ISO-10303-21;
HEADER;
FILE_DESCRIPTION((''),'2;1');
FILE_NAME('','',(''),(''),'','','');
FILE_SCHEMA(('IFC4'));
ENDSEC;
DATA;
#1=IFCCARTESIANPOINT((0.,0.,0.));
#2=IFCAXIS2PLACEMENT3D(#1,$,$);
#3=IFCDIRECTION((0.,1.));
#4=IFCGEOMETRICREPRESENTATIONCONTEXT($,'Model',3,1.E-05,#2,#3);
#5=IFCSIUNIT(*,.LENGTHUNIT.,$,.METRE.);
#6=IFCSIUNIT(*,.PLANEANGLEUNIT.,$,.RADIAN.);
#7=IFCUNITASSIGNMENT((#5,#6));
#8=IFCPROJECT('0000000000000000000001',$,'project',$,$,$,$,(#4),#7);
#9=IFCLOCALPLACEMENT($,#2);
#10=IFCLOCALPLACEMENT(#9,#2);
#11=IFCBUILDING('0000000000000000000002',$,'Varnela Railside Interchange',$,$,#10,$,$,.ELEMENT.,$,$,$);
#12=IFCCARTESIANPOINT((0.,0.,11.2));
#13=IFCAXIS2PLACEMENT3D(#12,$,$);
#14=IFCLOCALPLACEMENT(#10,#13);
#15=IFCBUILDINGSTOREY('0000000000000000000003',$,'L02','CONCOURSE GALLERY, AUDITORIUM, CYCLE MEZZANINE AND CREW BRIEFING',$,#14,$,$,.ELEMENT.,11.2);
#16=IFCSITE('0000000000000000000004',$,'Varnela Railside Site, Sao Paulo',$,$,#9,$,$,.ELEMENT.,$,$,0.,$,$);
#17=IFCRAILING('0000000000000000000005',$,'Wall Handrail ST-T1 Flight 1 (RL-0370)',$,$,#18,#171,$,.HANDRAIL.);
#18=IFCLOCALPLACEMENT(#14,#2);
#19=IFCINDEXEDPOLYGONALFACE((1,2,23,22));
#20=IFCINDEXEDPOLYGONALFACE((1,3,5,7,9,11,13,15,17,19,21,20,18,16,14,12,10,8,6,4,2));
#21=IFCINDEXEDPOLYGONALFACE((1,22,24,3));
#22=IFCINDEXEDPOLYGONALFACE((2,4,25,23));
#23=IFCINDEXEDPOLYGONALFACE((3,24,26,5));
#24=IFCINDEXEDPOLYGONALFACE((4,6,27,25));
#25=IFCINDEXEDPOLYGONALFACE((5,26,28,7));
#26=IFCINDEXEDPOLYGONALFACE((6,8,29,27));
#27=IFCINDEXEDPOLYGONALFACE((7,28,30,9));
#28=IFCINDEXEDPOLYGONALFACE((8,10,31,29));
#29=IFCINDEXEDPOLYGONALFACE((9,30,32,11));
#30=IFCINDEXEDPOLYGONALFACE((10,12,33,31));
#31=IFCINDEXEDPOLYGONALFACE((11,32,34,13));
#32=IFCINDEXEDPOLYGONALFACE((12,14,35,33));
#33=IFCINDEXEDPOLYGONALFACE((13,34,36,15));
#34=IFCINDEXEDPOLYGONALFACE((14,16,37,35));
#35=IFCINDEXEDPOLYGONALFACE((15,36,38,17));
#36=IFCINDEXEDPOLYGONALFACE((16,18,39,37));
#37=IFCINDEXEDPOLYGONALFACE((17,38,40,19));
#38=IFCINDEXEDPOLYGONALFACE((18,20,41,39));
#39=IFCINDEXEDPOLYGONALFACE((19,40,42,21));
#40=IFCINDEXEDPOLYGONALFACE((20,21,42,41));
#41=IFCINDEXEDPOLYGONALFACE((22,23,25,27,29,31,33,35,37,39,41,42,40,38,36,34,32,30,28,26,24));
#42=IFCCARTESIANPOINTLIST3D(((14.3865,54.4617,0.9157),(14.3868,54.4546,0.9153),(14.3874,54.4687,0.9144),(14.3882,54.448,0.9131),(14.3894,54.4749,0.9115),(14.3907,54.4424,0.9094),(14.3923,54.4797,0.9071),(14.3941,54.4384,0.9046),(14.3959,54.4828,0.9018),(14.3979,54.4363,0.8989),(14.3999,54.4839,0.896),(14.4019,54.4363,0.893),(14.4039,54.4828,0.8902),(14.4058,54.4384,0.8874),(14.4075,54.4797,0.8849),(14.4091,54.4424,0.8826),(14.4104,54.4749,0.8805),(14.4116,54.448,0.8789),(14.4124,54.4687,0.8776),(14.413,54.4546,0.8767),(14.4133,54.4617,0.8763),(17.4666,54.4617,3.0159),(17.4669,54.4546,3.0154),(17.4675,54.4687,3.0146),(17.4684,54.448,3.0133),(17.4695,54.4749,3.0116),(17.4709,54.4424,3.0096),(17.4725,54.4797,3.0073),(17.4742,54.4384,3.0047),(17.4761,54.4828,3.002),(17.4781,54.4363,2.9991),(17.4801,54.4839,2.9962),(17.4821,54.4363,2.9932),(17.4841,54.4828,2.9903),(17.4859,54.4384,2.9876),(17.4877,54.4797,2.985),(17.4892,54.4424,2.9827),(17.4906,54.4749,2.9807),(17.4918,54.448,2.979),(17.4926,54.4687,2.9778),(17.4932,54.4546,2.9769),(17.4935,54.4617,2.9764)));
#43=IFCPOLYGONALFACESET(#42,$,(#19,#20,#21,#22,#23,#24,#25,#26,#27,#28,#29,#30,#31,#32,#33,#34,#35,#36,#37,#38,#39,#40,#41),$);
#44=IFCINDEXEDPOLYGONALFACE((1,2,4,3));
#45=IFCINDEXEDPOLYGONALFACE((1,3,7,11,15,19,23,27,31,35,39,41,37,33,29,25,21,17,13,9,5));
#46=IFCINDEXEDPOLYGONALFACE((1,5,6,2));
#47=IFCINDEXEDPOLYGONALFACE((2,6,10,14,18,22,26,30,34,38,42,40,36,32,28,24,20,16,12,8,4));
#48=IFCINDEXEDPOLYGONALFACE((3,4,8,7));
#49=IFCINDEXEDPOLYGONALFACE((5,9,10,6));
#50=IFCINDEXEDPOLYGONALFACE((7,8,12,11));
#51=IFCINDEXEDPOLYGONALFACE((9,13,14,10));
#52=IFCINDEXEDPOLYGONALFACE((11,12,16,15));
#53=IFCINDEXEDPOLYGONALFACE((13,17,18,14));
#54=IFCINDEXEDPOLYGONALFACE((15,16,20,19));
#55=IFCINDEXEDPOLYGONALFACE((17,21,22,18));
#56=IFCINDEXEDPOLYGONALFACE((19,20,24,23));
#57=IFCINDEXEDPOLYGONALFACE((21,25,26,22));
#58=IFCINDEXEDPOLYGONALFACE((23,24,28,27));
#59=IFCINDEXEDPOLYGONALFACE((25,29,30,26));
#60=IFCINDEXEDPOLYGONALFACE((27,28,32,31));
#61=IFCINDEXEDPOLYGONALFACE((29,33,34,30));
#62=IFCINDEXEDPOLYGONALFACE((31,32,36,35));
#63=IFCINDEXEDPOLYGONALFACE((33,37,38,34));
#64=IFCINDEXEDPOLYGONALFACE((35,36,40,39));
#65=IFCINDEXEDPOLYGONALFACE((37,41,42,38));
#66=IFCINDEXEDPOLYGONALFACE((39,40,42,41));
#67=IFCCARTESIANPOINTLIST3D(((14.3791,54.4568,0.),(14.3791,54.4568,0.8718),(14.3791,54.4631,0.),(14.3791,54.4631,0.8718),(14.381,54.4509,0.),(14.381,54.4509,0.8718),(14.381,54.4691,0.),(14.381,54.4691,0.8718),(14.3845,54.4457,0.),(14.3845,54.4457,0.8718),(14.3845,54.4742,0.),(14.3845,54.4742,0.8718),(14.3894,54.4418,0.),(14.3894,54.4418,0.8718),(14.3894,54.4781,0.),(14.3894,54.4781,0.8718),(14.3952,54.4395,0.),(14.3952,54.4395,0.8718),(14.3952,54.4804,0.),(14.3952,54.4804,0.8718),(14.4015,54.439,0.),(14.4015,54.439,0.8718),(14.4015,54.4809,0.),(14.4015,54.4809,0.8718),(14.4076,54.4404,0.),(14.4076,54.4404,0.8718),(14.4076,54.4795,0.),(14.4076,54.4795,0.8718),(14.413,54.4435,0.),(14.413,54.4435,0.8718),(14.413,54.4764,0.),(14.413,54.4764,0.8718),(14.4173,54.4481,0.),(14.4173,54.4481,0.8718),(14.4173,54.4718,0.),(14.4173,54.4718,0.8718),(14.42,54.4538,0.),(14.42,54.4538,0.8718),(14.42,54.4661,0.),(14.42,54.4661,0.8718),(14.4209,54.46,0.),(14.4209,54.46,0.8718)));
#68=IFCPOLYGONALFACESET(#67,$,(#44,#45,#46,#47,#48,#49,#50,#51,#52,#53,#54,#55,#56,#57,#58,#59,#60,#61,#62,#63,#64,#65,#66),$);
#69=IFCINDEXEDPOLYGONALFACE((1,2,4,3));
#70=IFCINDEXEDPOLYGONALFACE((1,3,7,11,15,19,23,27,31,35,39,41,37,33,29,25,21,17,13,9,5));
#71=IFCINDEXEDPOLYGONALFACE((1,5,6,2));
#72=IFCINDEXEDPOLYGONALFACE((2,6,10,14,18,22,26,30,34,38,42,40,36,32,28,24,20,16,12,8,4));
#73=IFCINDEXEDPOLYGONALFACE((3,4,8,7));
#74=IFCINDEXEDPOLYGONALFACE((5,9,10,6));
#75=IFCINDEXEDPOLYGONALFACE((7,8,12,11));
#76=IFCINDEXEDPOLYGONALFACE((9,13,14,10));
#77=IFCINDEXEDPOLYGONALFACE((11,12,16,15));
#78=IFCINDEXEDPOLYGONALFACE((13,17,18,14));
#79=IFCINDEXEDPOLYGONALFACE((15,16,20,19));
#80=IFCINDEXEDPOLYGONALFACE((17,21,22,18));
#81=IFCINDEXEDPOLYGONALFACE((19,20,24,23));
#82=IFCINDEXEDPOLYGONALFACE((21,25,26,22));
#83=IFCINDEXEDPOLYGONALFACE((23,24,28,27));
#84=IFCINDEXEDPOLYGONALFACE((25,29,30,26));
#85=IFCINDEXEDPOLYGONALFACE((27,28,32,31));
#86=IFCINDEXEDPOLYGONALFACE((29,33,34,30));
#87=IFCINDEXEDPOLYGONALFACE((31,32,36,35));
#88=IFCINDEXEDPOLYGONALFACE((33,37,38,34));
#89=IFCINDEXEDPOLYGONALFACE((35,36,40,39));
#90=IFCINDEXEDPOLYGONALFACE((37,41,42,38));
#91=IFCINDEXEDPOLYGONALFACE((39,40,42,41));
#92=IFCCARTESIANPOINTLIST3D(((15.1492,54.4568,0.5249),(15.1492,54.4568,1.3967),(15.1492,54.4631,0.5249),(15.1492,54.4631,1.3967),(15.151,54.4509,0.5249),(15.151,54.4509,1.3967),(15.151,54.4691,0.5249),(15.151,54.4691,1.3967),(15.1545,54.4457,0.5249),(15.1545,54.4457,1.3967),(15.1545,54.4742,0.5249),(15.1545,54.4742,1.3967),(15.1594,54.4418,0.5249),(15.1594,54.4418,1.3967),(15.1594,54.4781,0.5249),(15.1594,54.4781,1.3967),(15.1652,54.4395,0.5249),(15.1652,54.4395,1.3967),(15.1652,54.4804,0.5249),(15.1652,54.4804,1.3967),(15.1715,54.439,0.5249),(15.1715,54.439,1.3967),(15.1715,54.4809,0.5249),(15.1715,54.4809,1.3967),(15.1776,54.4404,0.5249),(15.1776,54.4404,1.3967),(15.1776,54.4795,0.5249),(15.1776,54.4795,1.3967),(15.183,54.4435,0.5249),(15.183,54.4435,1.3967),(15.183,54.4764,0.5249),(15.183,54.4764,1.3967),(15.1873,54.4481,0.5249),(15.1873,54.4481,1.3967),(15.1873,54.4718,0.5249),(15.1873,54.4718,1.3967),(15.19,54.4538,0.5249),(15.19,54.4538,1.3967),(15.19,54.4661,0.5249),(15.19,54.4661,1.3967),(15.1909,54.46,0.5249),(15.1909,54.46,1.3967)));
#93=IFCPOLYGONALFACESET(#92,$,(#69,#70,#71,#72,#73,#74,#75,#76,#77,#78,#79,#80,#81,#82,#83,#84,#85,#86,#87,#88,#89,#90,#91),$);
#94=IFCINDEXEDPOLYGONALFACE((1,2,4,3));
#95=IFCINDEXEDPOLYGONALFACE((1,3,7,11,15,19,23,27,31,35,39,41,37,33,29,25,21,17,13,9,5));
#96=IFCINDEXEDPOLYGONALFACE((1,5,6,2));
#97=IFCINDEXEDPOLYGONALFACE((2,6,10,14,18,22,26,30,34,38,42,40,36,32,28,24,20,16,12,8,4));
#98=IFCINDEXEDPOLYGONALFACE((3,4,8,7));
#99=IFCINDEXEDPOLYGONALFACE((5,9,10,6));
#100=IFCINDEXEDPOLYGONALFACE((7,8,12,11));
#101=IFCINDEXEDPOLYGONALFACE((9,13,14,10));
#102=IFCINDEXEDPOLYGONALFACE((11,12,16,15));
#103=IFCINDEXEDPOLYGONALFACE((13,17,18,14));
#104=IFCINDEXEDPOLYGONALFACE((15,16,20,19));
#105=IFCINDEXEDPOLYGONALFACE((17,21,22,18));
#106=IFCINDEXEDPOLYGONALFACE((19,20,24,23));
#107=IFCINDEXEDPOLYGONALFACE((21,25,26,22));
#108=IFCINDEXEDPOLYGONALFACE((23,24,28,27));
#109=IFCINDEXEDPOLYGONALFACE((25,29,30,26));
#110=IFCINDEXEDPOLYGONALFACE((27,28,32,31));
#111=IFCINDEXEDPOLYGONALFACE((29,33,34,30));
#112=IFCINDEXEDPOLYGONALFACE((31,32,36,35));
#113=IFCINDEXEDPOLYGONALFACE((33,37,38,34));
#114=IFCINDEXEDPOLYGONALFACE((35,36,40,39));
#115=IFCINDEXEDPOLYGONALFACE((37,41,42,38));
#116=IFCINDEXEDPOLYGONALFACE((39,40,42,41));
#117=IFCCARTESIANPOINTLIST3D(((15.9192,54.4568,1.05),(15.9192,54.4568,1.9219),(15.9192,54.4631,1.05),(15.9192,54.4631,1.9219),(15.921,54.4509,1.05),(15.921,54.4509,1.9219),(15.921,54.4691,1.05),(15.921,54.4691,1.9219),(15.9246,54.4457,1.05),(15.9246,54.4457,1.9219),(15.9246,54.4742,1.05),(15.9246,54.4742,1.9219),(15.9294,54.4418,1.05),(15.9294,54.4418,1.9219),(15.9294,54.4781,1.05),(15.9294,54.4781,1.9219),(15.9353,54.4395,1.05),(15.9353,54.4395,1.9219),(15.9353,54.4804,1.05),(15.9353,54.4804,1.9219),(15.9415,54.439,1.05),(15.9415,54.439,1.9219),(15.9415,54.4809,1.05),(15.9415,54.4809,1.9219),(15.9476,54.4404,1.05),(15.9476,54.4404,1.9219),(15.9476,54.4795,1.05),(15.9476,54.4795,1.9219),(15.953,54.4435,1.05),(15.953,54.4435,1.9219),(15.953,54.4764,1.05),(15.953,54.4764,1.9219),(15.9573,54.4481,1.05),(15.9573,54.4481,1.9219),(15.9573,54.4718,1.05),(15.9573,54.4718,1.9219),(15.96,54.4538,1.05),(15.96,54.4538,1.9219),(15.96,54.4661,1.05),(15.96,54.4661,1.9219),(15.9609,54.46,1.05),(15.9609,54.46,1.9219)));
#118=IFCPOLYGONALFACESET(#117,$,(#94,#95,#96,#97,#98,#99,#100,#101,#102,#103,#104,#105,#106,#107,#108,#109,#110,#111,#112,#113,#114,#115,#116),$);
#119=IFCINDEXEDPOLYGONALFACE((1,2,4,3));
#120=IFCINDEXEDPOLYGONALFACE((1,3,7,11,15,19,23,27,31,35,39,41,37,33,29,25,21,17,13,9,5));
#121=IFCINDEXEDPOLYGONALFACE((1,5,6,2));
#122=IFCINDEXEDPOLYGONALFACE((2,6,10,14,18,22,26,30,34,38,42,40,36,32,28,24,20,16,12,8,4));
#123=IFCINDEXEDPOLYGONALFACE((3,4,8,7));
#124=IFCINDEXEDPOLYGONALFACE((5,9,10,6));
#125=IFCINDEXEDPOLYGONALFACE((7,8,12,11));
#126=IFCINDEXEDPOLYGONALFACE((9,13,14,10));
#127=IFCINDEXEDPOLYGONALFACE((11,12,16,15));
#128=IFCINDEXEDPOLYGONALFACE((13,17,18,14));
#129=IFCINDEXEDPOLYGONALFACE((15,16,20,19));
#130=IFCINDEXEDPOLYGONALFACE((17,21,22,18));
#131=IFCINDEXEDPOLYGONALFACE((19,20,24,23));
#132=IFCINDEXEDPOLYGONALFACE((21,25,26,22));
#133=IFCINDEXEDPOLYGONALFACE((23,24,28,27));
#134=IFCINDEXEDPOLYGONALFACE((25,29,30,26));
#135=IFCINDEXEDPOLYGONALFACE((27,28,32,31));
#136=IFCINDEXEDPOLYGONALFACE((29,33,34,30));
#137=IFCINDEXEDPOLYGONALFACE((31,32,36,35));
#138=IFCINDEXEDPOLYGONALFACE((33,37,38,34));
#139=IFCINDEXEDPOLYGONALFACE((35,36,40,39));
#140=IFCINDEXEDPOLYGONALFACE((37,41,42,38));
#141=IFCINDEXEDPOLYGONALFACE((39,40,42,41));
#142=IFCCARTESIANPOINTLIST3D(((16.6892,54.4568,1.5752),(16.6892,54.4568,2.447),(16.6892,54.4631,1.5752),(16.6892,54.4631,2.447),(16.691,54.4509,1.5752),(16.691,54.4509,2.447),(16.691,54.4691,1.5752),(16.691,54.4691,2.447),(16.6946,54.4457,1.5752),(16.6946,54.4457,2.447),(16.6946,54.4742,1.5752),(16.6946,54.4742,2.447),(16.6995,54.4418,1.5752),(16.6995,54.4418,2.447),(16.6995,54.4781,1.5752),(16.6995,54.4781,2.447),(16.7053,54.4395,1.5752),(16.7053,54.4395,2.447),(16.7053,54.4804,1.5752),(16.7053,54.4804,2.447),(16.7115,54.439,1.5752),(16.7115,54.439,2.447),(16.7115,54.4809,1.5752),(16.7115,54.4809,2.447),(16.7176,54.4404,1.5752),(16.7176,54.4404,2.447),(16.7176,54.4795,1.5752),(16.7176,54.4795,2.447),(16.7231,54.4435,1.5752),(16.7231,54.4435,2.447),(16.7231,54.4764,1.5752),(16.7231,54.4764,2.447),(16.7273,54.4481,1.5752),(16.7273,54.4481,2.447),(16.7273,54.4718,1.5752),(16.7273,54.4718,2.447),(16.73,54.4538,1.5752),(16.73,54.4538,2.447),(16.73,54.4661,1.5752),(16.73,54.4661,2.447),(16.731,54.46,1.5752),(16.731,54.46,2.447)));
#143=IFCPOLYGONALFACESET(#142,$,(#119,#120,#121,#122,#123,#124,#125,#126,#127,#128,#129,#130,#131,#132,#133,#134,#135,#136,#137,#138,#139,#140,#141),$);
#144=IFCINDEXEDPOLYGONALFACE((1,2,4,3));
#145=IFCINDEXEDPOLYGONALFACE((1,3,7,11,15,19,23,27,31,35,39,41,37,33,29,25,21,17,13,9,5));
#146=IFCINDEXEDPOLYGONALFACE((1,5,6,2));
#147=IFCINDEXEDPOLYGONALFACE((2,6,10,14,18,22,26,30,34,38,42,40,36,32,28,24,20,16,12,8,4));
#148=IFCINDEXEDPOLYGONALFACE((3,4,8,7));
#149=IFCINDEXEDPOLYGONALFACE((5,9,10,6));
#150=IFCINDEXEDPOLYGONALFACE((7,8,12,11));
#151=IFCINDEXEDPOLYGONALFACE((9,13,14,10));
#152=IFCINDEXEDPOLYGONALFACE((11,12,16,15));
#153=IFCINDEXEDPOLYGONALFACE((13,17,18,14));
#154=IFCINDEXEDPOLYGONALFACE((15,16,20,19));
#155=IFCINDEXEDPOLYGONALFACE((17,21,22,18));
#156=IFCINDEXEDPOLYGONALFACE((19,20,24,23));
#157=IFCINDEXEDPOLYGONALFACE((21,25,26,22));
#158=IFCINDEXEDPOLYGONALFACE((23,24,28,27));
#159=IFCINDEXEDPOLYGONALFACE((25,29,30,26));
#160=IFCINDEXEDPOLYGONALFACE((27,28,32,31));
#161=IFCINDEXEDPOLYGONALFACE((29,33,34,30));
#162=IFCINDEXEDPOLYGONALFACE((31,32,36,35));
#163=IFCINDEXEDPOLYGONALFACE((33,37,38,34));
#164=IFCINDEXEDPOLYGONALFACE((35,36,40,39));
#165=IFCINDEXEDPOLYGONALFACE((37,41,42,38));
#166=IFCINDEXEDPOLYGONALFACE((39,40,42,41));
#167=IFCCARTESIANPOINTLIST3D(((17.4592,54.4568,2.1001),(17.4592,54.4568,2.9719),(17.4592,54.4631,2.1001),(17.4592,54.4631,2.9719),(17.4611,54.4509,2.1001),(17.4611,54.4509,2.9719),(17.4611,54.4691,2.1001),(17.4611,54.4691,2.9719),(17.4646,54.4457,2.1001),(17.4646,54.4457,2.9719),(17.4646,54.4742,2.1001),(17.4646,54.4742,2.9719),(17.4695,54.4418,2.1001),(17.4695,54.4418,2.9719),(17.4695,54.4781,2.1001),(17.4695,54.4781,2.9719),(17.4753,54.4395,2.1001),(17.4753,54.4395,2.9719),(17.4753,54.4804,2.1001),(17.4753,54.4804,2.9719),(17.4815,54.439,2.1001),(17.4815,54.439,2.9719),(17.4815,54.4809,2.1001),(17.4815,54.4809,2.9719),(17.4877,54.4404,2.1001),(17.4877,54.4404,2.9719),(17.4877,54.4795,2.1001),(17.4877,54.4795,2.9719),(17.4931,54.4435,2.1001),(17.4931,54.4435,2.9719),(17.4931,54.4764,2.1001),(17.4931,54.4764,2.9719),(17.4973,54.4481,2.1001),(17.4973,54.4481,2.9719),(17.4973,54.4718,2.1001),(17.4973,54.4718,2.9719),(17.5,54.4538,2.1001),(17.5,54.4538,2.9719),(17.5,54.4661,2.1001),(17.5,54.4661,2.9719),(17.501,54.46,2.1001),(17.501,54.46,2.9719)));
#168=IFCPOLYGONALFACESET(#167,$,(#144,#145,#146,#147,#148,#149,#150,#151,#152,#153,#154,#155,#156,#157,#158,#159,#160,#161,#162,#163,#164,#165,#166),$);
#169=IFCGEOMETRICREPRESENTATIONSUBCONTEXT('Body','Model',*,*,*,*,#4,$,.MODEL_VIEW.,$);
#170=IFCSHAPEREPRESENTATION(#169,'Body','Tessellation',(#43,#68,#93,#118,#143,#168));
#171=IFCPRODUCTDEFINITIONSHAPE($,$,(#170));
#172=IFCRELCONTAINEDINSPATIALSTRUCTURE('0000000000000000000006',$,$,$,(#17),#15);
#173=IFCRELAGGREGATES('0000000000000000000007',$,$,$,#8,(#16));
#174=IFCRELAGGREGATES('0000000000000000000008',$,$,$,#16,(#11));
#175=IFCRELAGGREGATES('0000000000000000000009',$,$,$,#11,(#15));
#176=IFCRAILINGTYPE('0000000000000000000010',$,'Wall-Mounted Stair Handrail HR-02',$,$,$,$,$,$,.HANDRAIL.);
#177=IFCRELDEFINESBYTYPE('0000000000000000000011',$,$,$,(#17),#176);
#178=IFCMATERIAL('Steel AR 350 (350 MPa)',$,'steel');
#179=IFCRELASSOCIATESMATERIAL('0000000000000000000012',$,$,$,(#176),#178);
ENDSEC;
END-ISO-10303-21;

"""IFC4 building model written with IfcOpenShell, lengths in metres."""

from ifc_helpers import new_model, si_unit, direction, frame, origin, origin_2d, place, context, subcontext, project, spatial, circle, extrude, material, type_object, element, save


model = new_model("IFC4")

# Units and contexts
model_context = context("Model", 3, precision=1e-05, world=origin(), true_north=direction((0.0, 1.0)))
body_context = subcontext(model_context, "Body", "Model", "MODEL_VIEW")
ifc_project = project(units=[si_unit("LENGTHUNIT", "METRE"), si_unit("PLANEANGLEUNIT", "RADIAN")], contexts=[model_context])

# Site, building, storey
site_placement = place(None, origin())
site = spatial("IfcSite", under=ifc_project, at=site_placement, Name="Varnela Railside Site, Sao Paulo", CompositionType="ELEMENT", RefElevation=0.0)
building_placement = place(site_placement, origin())
building = spatial("IfcBuilding", under=site, at=building_placement, Name="Varnela Railside Interchange", CompositionType="ELEMENT")
storey_placement = place(building_placement, frame((0.0, 0.0, 11.2)))
storey = spatial("IfcBuildingStorey", under=building, at=storey_placement, Name="L02", Description="CONCOURSE GALLERY, AUDITORIUM, CYCLE MEZZANINE AND CREW BRIEFING", CompositionType="ELEMENT", Elevation=11.2)

# Shared definitions
ifc_material_1 = material(Name="Steel AR 350 (350 MPa)", Category="steel")

# Railing
railing_type = type_object("IfcRailingType", Name="Wall-Mounted Stair Handrail HR-02", PredefinedType="HANDRAIL", material=ifc_material_1)
for number, where, name in (
    (1, (14.3999, 54.46, 0.0), "Wall Handrail ST-T1 Flight 1 (RL-0370)"),
):
    element("IfcRailing", number, at=place(storey_placement, frame(where)), inside=storey, type_object=railing_type, Name=name, PredefinedType="HANDRAIL", context=body_context, shape_type="SweptSolid", body=[
        extrude(circle(Radius=0.0239, at=origin_2d()), frame((0.0, 0.0, 0.896), z_axis=(0.826222, 0.0, 0.563345), x_axis=(0.0, 1.0, 0.0)), (0.0, 0.0, 1.0), 3.728),
        extrude(circle(Radius=0.021, at=origin_2d()), origin(), (0.0, 0.0, 1.0), 0.8718),
        extrude(circle(Radius=0.021, at=origin_2d()), frame((0.77, 0.0, 0.5249)), (0.0, 0.0, 1.0), 0.8718),
        extrude(circle(Radius=0.021, at=origin_2d()), frame((1.54, 0.0, 1.05)), (0.0, 0.0, 1.0), 0.8718),
        extrude(circle(Radius=0.021, at=origin_2d()), frame((2.3101, 0.0, 1.5752)), (0.0, 0.0, 1.0), 0.8718),
        extrude(circle(Radius=0.021, at=origin_2d()), frame((3.0801, 0.0, 2.1001)), (0.0, 0.0, 1.0), 0.8718),
    ])

save(model, "model.ifc")
